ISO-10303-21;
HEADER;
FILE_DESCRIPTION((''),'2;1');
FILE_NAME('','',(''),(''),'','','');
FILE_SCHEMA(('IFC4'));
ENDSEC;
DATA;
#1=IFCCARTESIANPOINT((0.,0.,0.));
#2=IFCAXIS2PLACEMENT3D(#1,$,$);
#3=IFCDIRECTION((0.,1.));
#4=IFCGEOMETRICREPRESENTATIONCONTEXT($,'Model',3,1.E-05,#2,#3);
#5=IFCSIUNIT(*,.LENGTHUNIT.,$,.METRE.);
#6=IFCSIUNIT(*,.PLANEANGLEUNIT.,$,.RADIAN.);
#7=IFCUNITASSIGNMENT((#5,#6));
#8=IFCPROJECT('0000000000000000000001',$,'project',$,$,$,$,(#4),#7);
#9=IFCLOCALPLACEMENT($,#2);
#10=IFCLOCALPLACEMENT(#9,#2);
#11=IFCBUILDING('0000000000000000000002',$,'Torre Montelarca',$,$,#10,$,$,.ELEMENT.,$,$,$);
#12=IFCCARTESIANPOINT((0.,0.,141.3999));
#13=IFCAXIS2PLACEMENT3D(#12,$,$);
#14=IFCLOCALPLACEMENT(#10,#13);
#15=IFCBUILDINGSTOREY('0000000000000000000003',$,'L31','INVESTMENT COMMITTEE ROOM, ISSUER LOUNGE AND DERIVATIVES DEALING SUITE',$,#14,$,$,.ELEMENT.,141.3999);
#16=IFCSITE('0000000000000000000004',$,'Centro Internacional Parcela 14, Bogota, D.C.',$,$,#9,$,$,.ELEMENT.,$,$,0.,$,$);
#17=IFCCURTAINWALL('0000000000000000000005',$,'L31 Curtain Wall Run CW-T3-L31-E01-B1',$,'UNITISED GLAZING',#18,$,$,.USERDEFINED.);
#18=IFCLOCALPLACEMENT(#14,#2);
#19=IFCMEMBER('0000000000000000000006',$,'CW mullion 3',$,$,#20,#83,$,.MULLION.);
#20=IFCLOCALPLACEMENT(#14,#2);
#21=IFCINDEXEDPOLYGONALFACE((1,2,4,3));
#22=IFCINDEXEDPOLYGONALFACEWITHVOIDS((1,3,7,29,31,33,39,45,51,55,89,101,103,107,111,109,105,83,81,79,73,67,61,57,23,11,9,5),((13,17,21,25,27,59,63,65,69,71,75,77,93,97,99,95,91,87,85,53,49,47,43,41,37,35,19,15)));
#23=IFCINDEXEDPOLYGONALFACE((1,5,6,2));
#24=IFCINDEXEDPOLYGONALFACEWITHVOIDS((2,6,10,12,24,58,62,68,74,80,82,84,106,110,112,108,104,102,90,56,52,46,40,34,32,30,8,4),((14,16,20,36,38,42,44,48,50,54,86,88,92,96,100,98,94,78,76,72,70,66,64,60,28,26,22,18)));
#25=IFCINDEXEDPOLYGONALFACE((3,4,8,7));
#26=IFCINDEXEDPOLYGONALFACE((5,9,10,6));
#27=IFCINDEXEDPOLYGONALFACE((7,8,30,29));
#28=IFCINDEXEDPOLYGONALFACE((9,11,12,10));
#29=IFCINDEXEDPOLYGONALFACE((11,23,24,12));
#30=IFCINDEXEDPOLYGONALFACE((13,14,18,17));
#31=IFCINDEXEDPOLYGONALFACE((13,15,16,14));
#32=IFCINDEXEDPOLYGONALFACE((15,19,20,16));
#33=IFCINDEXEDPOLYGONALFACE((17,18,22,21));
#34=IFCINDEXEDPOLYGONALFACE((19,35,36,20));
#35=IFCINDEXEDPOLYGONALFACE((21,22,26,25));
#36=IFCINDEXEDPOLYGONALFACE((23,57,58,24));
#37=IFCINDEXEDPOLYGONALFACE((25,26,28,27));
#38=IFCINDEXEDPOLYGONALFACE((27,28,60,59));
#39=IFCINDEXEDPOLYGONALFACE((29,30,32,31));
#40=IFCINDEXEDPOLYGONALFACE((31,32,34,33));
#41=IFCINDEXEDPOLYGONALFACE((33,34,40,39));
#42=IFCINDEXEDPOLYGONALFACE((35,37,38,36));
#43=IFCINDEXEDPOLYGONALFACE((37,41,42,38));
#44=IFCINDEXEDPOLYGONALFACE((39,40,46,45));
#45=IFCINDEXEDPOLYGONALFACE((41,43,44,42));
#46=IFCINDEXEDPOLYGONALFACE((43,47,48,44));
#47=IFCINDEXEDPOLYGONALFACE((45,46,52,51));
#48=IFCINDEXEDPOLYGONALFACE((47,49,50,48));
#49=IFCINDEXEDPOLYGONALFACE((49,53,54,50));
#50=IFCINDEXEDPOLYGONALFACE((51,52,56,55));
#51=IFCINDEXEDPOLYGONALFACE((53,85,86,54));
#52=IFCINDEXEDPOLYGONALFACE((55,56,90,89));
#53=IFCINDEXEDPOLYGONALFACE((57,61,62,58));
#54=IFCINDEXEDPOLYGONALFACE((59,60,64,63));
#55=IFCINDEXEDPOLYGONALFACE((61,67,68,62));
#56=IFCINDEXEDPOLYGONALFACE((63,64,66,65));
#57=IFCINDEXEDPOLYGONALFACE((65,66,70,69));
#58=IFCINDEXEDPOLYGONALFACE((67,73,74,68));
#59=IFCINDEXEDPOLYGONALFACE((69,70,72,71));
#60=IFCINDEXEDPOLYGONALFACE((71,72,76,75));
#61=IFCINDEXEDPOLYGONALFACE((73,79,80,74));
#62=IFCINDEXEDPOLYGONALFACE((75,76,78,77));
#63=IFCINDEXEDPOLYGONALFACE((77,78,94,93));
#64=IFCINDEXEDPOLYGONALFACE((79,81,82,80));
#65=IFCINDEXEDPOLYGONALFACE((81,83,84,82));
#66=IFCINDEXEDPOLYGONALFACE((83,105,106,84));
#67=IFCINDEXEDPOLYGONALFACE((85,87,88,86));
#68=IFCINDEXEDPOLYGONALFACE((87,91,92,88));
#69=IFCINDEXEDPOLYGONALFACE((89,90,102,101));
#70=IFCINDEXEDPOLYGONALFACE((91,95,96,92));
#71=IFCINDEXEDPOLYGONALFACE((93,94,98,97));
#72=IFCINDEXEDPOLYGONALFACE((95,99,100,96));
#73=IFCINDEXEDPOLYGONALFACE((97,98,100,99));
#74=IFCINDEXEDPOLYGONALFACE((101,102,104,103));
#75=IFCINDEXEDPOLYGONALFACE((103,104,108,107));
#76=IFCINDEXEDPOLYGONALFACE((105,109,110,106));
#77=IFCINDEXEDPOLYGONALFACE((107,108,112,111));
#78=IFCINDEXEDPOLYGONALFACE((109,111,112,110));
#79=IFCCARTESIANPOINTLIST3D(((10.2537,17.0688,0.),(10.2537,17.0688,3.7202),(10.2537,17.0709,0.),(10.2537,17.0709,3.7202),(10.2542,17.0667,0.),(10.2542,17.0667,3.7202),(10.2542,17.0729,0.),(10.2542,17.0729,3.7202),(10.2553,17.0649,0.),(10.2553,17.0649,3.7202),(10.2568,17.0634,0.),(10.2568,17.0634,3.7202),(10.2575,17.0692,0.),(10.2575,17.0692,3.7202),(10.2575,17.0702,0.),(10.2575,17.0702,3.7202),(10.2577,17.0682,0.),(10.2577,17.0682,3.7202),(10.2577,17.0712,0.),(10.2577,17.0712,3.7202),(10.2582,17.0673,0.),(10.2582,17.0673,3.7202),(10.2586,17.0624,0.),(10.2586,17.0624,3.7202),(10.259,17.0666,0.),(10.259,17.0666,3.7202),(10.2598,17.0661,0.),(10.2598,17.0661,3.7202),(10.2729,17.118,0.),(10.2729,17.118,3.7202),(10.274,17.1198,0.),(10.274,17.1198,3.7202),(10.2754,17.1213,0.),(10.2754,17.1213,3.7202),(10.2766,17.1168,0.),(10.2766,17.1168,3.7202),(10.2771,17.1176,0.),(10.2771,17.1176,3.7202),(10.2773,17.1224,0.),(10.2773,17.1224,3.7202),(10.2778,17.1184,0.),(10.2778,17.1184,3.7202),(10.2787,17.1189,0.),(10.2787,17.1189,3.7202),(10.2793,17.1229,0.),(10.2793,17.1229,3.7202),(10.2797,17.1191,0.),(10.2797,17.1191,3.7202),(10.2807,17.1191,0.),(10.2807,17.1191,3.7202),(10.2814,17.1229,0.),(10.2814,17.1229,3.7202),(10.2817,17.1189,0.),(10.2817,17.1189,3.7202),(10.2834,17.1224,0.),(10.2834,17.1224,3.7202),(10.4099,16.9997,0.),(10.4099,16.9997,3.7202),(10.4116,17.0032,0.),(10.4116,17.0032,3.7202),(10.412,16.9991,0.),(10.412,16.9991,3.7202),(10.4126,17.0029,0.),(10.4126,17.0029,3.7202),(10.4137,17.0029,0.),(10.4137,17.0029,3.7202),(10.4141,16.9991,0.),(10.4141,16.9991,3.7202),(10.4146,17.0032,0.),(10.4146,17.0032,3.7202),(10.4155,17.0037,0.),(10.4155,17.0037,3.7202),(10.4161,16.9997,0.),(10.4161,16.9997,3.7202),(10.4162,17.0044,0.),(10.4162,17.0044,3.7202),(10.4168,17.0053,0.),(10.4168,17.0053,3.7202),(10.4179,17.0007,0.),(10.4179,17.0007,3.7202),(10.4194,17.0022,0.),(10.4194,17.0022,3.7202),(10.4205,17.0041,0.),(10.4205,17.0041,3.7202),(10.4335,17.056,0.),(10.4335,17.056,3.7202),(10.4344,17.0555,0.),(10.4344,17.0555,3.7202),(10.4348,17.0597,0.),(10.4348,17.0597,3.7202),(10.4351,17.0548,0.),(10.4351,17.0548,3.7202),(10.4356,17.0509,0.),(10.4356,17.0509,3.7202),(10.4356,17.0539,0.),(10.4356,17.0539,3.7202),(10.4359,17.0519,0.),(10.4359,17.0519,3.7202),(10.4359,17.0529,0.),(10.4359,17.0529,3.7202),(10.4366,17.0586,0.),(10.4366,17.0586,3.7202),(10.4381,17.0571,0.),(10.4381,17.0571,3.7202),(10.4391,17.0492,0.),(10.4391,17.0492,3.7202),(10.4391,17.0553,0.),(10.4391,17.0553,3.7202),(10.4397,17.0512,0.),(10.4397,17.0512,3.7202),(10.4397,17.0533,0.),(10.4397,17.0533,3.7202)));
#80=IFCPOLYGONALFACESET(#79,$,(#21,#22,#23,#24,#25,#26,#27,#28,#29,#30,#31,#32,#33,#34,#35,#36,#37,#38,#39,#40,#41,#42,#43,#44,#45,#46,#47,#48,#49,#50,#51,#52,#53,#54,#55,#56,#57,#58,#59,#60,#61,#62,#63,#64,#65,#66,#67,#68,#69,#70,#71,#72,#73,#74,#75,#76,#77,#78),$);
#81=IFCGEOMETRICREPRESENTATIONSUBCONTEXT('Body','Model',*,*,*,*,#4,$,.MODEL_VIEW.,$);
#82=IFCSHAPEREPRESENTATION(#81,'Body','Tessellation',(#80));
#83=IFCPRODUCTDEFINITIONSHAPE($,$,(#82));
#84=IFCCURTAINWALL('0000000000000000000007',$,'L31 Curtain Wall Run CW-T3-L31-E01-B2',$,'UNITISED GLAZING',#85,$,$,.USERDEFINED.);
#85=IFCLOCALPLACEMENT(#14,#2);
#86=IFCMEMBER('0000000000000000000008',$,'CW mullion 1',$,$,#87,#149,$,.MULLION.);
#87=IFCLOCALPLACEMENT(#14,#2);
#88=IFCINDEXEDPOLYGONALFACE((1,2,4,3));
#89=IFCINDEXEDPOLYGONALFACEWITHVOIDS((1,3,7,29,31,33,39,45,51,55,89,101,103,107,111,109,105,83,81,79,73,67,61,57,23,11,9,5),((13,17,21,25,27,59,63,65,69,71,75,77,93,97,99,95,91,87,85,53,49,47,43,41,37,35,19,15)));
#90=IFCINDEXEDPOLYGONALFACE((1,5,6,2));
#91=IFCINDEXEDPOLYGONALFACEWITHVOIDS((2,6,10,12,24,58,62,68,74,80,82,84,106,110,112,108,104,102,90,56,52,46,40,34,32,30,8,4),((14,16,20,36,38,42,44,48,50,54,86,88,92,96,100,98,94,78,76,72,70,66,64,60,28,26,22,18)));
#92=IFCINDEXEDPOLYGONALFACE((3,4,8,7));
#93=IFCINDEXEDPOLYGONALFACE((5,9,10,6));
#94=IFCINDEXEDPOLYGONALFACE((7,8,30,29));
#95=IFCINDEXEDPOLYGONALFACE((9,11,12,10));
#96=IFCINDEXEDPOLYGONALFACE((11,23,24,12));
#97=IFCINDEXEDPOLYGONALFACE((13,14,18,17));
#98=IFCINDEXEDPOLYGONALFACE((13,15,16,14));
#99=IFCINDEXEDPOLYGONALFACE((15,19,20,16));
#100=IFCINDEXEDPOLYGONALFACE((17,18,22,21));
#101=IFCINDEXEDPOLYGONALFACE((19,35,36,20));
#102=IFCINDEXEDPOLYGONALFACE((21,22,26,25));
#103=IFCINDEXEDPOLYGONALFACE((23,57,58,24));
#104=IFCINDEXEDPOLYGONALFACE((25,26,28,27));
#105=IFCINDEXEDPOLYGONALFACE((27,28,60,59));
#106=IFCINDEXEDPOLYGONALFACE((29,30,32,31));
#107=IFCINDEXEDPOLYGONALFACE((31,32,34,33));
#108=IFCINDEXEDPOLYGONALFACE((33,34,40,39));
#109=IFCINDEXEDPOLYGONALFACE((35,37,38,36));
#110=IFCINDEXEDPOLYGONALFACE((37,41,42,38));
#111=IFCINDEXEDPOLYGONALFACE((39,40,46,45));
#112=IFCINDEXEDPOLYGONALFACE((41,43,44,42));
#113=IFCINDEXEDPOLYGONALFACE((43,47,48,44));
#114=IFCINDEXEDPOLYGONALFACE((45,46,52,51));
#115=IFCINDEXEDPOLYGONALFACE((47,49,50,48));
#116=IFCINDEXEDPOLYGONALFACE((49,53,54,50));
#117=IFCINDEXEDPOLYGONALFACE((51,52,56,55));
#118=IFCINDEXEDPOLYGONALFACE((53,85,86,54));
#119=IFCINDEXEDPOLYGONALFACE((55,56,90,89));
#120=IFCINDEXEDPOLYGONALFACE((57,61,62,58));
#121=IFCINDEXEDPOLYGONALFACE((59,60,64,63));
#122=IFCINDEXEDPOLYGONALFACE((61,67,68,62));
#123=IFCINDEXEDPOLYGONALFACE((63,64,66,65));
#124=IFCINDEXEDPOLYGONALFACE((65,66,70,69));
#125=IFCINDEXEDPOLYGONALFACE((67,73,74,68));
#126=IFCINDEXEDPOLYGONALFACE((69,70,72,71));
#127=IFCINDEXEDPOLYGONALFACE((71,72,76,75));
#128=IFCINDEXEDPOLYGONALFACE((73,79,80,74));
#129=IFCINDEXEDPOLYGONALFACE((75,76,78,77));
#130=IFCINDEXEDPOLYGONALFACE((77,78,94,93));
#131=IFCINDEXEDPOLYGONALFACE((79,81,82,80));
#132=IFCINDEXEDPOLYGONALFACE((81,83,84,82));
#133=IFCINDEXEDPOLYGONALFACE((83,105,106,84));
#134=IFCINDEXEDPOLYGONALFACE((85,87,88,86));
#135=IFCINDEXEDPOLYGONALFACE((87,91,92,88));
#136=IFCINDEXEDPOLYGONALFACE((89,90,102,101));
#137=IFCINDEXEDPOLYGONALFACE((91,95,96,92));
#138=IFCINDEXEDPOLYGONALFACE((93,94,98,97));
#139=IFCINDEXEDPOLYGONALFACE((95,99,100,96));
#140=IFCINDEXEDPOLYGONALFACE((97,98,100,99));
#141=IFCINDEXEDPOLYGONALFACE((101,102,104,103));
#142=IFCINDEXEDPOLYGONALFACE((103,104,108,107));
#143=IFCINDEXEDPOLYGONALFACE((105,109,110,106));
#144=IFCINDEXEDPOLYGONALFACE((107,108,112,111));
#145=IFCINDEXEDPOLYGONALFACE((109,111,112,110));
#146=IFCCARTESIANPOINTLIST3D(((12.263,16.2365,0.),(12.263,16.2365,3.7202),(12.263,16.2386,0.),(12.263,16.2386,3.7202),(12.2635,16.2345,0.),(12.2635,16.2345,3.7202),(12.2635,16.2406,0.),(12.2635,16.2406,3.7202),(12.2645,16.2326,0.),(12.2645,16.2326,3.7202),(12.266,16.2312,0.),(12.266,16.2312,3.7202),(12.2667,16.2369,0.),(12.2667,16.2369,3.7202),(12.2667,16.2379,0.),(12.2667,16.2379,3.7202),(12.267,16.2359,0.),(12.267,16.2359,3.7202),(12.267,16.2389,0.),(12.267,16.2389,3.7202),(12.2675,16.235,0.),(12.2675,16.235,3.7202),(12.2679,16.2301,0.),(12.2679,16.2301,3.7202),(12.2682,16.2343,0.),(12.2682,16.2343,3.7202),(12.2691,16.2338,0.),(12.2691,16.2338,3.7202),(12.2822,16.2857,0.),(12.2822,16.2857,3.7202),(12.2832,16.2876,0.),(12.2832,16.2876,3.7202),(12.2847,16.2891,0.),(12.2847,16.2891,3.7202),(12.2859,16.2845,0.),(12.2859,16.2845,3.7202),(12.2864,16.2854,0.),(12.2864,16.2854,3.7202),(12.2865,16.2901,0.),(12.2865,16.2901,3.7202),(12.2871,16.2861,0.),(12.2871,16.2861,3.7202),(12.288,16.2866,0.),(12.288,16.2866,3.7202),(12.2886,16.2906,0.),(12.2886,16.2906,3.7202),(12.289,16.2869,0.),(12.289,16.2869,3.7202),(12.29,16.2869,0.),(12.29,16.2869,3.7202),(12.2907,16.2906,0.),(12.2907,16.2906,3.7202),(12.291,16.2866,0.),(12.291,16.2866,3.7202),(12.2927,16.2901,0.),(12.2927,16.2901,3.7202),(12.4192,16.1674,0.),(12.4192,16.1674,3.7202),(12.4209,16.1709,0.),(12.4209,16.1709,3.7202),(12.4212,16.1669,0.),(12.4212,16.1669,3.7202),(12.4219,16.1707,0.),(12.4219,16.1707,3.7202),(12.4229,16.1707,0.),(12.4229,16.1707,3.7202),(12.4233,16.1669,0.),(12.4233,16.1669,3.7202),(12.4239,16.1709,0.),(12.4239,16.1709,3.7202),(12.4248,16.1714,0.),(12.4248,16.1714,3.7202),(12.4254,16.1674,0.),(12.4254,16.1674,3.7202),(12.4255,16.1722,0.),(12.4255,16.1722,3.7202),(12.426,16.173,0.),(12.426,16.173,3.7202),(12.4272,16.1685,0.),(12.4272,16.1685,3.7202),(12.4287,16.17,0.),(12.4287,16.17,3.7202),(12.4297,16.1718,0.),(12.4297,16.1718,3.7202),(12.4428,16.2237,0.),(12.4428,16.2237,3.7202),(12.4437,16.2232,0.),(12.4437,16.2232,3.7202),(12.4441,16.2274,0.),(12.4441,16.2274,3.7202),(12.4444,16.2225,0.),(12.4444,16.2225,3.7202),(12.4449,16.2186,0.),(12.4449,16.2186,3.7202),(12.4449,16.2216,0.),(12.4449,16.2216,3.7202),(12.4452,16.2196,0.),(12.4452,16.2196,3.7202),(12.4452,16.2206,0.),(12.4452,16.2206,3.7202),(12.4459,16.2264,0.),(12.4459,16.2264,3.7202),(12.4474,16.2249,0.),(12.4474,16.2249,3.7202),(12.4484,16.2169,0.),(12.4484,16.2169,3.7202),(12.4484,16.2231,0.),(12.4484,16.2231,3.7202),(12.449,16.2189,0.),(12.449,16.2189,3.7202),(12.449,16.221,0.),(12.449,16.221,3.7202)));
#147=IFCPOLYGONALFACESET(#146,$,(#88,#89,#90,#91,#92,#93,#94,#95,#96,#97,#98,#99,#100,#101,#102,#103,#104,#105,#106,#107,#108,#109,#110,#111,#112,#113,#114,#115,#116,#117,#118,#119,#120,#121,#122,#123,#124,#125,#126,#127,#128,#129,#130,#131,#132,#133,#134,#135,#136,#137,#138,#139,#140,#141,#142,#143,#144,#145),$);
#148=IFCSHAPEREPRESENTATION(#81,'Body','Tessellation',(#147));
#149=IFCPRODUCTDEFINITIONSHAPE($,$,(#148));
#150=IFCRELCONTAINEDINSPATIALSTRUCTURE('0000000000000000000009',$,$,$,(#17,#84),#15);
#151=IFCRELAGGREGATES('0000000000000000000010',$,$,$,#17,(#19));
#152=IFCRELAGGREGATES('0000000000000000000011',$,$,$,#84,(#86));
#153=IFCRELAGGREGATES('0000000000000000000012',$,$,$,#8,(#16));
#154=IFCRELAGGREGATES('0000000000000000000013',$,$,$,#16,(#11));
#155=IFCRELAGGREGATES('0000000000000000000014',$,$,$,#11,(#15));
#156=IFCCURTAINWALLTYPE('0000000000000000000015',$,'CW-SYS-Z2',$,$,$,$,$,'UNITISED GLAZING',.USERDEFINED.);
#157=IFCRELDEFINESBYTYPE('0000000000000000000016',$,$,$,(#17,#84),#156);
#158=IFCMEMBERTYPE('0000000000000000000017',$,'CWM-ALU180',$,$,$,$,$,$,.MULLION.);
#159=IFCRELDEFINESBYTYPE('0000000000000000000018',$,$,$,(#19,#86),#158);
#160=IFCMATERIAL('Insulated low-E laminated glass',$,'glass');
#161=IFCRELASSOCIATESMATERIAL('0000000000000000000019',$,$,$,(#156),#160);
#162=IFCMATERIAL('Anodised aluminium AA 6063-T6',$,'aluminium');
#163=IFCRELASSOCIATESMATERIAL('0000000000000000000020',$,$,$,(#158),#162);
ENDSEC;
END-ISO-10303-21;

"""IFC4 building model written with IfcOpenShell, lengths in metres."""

from ifc_helpers import new_model, si_unit, direction, frame, origin, origin_2d, place, context, subcontext, project, spatial, hollow_rectangle, extrude, source, transform, mapped, material, material_profile, profile_set, type_object, element, aggregate, save


model = new_model("IFC4")

# Units and contexts
model_context = context("Model", 3, precision=1e-05, world=origin(), true_north=direction((0.0, 1.0)))
body_context = subcontext(model_context, "Body", "Model", "MODEL_VIEW")
ifc_project = project(units=[si_unit("LENGTHUNIT", "METRE"), si_unit("PLANEANGLEUNIT", "RADIAN")], contexts=[model_context])

# Site, building, storey
site_placement = place(None, origin())
site = spatial("IfcSite", under=ifc_project, at=site_placement, Name="Centro Internacional Parcela 14, Bogota, D.C.", CompositionType="ELEMENT", RefElevation=0.0)
building_placement = place(site_placement, origin())
building = spatial("IfcBuilding", under=site, at=building_placement, Name="Torre Montelarca", CompositionType="ELEMENT")
storey_placement = place(building_placement, frame((0.0, 0.0, 141.3999)))
storey = spatial("IfcBuildingStorey", under=building, at=storey_placement, Name="L31", Description="INVESTMENT COMMITTEE ROOM, ISSUER LOUNGE AND DERIVATIVES DEALING SUITE", CompositionType="ELEMENT", Elevation=141.3999)

# Curtain walls, members
ifc_material_1 = material(Name="Insulated low-E laminated glass", Category="glass")
curtain_wall_type = type_object("IfcCurtainWallType", Name="CW-SYS-Z2", ElementType="UNITISED GLAZING", PredefinedType="USERDEFINED", material=ifc_material_1)
curtain_wall_1_placement = place(storey_placement, origin())
curtain_wall_1 = element("IfcCurtainWall", 1, at=curtain_wall_1_placement, inside=storey, type_object=curtain_wall_type, Name="L31 Curtain Wall Run CW-T3-L31-E01-B1", ObjectType="UNITISED GLAZING", PredefinedType="USERDEFINED")
ifc_material_2 = material(Name="Anodised aluminium AA 6063-T6", Category="aluminium")
ifc_material_profile_1 = material_profile(ifc_material_2, hollow_rectangle(XDim=0.0649, YDim=0.1799, WallThickness=0.0039, InnerFilletRadius=0.0039, OuterFilletRadius=0.0081, at=origin_2d()), Name="ALU65X180X4", Category="aluminium")
ifc_profile_set_1 = profile_set([ifc_material_profile_1], Name="Anodised aluminium AA 6063-T6")
member_type_1 = type_object("IfcMemberType", Name="CWM-ALU180", PredefinedType="MULLION", material=ifc_profile_set_1)
shared_shape_1 = source(origin(), body_context, "Body", "SweptSolid", [
    extrude(hollow_rectangle(XDim=0.0649, YDim=0.1799, WallThickness=0.0039, InnerFilletRadius=0.0039, OuterFilletRadius=0.0081, at=origin_2d()), origin(), (0.0, 0.0, 1.0), 3.7202),
])
member_1_placement = place(storey_placement, frame((10.3467, 17.061, 0.0), z_axis=(0.0, 0.0, 1.0), x_axis=(0.382691, 0.923876, 0.0)))
member_1 = element("IfcMember", 2, at=member_1_placement, type_object=member_type_1, Name="CW mullion 3", PredefinedType="MULLION", context=body_context, shape_type="MappedRepresentation", body=[
    mapped(shared_shape_1, transform((0.0, 0.0, 0.0), scale=1.0)),
])
curtain_wall_2_placement = place(storey_placement, origin())
curtain_wall_2 = element("IfcCurtainWall", 3, at=curtain_wall_2_placement, inside=storey, type_object=curtain_wall_type, Name="L31 Curtain Wall Run CW-T3-L31-E01-B2", ObjectType="UNITISED GLAZING", PredefinedType="USERDEFINED")
member_2_placement = place(storey_placement, frame((12.356, 16.2288, 0.0), z_axis=(0.0, 0.0, 1.0), x_axis=(0.382682, 0.92388, 0.0)))
member_2 = element("IfcMember", 4, at=member_2_placement, type_object=member_type_1, Name="CW mullion 1", PredefinedType="MULLION", context=body_context, shape_type="MappedRepresentation", body=[
    mapped(shared_shape_1, transform((0.0, 0.0, 0.0), scale=1.0)),
])

aggregate(curtain_wall_1, [member_1])
aggregate(curtain_wall_2, [member_2])

save(model, "model.ifc")
